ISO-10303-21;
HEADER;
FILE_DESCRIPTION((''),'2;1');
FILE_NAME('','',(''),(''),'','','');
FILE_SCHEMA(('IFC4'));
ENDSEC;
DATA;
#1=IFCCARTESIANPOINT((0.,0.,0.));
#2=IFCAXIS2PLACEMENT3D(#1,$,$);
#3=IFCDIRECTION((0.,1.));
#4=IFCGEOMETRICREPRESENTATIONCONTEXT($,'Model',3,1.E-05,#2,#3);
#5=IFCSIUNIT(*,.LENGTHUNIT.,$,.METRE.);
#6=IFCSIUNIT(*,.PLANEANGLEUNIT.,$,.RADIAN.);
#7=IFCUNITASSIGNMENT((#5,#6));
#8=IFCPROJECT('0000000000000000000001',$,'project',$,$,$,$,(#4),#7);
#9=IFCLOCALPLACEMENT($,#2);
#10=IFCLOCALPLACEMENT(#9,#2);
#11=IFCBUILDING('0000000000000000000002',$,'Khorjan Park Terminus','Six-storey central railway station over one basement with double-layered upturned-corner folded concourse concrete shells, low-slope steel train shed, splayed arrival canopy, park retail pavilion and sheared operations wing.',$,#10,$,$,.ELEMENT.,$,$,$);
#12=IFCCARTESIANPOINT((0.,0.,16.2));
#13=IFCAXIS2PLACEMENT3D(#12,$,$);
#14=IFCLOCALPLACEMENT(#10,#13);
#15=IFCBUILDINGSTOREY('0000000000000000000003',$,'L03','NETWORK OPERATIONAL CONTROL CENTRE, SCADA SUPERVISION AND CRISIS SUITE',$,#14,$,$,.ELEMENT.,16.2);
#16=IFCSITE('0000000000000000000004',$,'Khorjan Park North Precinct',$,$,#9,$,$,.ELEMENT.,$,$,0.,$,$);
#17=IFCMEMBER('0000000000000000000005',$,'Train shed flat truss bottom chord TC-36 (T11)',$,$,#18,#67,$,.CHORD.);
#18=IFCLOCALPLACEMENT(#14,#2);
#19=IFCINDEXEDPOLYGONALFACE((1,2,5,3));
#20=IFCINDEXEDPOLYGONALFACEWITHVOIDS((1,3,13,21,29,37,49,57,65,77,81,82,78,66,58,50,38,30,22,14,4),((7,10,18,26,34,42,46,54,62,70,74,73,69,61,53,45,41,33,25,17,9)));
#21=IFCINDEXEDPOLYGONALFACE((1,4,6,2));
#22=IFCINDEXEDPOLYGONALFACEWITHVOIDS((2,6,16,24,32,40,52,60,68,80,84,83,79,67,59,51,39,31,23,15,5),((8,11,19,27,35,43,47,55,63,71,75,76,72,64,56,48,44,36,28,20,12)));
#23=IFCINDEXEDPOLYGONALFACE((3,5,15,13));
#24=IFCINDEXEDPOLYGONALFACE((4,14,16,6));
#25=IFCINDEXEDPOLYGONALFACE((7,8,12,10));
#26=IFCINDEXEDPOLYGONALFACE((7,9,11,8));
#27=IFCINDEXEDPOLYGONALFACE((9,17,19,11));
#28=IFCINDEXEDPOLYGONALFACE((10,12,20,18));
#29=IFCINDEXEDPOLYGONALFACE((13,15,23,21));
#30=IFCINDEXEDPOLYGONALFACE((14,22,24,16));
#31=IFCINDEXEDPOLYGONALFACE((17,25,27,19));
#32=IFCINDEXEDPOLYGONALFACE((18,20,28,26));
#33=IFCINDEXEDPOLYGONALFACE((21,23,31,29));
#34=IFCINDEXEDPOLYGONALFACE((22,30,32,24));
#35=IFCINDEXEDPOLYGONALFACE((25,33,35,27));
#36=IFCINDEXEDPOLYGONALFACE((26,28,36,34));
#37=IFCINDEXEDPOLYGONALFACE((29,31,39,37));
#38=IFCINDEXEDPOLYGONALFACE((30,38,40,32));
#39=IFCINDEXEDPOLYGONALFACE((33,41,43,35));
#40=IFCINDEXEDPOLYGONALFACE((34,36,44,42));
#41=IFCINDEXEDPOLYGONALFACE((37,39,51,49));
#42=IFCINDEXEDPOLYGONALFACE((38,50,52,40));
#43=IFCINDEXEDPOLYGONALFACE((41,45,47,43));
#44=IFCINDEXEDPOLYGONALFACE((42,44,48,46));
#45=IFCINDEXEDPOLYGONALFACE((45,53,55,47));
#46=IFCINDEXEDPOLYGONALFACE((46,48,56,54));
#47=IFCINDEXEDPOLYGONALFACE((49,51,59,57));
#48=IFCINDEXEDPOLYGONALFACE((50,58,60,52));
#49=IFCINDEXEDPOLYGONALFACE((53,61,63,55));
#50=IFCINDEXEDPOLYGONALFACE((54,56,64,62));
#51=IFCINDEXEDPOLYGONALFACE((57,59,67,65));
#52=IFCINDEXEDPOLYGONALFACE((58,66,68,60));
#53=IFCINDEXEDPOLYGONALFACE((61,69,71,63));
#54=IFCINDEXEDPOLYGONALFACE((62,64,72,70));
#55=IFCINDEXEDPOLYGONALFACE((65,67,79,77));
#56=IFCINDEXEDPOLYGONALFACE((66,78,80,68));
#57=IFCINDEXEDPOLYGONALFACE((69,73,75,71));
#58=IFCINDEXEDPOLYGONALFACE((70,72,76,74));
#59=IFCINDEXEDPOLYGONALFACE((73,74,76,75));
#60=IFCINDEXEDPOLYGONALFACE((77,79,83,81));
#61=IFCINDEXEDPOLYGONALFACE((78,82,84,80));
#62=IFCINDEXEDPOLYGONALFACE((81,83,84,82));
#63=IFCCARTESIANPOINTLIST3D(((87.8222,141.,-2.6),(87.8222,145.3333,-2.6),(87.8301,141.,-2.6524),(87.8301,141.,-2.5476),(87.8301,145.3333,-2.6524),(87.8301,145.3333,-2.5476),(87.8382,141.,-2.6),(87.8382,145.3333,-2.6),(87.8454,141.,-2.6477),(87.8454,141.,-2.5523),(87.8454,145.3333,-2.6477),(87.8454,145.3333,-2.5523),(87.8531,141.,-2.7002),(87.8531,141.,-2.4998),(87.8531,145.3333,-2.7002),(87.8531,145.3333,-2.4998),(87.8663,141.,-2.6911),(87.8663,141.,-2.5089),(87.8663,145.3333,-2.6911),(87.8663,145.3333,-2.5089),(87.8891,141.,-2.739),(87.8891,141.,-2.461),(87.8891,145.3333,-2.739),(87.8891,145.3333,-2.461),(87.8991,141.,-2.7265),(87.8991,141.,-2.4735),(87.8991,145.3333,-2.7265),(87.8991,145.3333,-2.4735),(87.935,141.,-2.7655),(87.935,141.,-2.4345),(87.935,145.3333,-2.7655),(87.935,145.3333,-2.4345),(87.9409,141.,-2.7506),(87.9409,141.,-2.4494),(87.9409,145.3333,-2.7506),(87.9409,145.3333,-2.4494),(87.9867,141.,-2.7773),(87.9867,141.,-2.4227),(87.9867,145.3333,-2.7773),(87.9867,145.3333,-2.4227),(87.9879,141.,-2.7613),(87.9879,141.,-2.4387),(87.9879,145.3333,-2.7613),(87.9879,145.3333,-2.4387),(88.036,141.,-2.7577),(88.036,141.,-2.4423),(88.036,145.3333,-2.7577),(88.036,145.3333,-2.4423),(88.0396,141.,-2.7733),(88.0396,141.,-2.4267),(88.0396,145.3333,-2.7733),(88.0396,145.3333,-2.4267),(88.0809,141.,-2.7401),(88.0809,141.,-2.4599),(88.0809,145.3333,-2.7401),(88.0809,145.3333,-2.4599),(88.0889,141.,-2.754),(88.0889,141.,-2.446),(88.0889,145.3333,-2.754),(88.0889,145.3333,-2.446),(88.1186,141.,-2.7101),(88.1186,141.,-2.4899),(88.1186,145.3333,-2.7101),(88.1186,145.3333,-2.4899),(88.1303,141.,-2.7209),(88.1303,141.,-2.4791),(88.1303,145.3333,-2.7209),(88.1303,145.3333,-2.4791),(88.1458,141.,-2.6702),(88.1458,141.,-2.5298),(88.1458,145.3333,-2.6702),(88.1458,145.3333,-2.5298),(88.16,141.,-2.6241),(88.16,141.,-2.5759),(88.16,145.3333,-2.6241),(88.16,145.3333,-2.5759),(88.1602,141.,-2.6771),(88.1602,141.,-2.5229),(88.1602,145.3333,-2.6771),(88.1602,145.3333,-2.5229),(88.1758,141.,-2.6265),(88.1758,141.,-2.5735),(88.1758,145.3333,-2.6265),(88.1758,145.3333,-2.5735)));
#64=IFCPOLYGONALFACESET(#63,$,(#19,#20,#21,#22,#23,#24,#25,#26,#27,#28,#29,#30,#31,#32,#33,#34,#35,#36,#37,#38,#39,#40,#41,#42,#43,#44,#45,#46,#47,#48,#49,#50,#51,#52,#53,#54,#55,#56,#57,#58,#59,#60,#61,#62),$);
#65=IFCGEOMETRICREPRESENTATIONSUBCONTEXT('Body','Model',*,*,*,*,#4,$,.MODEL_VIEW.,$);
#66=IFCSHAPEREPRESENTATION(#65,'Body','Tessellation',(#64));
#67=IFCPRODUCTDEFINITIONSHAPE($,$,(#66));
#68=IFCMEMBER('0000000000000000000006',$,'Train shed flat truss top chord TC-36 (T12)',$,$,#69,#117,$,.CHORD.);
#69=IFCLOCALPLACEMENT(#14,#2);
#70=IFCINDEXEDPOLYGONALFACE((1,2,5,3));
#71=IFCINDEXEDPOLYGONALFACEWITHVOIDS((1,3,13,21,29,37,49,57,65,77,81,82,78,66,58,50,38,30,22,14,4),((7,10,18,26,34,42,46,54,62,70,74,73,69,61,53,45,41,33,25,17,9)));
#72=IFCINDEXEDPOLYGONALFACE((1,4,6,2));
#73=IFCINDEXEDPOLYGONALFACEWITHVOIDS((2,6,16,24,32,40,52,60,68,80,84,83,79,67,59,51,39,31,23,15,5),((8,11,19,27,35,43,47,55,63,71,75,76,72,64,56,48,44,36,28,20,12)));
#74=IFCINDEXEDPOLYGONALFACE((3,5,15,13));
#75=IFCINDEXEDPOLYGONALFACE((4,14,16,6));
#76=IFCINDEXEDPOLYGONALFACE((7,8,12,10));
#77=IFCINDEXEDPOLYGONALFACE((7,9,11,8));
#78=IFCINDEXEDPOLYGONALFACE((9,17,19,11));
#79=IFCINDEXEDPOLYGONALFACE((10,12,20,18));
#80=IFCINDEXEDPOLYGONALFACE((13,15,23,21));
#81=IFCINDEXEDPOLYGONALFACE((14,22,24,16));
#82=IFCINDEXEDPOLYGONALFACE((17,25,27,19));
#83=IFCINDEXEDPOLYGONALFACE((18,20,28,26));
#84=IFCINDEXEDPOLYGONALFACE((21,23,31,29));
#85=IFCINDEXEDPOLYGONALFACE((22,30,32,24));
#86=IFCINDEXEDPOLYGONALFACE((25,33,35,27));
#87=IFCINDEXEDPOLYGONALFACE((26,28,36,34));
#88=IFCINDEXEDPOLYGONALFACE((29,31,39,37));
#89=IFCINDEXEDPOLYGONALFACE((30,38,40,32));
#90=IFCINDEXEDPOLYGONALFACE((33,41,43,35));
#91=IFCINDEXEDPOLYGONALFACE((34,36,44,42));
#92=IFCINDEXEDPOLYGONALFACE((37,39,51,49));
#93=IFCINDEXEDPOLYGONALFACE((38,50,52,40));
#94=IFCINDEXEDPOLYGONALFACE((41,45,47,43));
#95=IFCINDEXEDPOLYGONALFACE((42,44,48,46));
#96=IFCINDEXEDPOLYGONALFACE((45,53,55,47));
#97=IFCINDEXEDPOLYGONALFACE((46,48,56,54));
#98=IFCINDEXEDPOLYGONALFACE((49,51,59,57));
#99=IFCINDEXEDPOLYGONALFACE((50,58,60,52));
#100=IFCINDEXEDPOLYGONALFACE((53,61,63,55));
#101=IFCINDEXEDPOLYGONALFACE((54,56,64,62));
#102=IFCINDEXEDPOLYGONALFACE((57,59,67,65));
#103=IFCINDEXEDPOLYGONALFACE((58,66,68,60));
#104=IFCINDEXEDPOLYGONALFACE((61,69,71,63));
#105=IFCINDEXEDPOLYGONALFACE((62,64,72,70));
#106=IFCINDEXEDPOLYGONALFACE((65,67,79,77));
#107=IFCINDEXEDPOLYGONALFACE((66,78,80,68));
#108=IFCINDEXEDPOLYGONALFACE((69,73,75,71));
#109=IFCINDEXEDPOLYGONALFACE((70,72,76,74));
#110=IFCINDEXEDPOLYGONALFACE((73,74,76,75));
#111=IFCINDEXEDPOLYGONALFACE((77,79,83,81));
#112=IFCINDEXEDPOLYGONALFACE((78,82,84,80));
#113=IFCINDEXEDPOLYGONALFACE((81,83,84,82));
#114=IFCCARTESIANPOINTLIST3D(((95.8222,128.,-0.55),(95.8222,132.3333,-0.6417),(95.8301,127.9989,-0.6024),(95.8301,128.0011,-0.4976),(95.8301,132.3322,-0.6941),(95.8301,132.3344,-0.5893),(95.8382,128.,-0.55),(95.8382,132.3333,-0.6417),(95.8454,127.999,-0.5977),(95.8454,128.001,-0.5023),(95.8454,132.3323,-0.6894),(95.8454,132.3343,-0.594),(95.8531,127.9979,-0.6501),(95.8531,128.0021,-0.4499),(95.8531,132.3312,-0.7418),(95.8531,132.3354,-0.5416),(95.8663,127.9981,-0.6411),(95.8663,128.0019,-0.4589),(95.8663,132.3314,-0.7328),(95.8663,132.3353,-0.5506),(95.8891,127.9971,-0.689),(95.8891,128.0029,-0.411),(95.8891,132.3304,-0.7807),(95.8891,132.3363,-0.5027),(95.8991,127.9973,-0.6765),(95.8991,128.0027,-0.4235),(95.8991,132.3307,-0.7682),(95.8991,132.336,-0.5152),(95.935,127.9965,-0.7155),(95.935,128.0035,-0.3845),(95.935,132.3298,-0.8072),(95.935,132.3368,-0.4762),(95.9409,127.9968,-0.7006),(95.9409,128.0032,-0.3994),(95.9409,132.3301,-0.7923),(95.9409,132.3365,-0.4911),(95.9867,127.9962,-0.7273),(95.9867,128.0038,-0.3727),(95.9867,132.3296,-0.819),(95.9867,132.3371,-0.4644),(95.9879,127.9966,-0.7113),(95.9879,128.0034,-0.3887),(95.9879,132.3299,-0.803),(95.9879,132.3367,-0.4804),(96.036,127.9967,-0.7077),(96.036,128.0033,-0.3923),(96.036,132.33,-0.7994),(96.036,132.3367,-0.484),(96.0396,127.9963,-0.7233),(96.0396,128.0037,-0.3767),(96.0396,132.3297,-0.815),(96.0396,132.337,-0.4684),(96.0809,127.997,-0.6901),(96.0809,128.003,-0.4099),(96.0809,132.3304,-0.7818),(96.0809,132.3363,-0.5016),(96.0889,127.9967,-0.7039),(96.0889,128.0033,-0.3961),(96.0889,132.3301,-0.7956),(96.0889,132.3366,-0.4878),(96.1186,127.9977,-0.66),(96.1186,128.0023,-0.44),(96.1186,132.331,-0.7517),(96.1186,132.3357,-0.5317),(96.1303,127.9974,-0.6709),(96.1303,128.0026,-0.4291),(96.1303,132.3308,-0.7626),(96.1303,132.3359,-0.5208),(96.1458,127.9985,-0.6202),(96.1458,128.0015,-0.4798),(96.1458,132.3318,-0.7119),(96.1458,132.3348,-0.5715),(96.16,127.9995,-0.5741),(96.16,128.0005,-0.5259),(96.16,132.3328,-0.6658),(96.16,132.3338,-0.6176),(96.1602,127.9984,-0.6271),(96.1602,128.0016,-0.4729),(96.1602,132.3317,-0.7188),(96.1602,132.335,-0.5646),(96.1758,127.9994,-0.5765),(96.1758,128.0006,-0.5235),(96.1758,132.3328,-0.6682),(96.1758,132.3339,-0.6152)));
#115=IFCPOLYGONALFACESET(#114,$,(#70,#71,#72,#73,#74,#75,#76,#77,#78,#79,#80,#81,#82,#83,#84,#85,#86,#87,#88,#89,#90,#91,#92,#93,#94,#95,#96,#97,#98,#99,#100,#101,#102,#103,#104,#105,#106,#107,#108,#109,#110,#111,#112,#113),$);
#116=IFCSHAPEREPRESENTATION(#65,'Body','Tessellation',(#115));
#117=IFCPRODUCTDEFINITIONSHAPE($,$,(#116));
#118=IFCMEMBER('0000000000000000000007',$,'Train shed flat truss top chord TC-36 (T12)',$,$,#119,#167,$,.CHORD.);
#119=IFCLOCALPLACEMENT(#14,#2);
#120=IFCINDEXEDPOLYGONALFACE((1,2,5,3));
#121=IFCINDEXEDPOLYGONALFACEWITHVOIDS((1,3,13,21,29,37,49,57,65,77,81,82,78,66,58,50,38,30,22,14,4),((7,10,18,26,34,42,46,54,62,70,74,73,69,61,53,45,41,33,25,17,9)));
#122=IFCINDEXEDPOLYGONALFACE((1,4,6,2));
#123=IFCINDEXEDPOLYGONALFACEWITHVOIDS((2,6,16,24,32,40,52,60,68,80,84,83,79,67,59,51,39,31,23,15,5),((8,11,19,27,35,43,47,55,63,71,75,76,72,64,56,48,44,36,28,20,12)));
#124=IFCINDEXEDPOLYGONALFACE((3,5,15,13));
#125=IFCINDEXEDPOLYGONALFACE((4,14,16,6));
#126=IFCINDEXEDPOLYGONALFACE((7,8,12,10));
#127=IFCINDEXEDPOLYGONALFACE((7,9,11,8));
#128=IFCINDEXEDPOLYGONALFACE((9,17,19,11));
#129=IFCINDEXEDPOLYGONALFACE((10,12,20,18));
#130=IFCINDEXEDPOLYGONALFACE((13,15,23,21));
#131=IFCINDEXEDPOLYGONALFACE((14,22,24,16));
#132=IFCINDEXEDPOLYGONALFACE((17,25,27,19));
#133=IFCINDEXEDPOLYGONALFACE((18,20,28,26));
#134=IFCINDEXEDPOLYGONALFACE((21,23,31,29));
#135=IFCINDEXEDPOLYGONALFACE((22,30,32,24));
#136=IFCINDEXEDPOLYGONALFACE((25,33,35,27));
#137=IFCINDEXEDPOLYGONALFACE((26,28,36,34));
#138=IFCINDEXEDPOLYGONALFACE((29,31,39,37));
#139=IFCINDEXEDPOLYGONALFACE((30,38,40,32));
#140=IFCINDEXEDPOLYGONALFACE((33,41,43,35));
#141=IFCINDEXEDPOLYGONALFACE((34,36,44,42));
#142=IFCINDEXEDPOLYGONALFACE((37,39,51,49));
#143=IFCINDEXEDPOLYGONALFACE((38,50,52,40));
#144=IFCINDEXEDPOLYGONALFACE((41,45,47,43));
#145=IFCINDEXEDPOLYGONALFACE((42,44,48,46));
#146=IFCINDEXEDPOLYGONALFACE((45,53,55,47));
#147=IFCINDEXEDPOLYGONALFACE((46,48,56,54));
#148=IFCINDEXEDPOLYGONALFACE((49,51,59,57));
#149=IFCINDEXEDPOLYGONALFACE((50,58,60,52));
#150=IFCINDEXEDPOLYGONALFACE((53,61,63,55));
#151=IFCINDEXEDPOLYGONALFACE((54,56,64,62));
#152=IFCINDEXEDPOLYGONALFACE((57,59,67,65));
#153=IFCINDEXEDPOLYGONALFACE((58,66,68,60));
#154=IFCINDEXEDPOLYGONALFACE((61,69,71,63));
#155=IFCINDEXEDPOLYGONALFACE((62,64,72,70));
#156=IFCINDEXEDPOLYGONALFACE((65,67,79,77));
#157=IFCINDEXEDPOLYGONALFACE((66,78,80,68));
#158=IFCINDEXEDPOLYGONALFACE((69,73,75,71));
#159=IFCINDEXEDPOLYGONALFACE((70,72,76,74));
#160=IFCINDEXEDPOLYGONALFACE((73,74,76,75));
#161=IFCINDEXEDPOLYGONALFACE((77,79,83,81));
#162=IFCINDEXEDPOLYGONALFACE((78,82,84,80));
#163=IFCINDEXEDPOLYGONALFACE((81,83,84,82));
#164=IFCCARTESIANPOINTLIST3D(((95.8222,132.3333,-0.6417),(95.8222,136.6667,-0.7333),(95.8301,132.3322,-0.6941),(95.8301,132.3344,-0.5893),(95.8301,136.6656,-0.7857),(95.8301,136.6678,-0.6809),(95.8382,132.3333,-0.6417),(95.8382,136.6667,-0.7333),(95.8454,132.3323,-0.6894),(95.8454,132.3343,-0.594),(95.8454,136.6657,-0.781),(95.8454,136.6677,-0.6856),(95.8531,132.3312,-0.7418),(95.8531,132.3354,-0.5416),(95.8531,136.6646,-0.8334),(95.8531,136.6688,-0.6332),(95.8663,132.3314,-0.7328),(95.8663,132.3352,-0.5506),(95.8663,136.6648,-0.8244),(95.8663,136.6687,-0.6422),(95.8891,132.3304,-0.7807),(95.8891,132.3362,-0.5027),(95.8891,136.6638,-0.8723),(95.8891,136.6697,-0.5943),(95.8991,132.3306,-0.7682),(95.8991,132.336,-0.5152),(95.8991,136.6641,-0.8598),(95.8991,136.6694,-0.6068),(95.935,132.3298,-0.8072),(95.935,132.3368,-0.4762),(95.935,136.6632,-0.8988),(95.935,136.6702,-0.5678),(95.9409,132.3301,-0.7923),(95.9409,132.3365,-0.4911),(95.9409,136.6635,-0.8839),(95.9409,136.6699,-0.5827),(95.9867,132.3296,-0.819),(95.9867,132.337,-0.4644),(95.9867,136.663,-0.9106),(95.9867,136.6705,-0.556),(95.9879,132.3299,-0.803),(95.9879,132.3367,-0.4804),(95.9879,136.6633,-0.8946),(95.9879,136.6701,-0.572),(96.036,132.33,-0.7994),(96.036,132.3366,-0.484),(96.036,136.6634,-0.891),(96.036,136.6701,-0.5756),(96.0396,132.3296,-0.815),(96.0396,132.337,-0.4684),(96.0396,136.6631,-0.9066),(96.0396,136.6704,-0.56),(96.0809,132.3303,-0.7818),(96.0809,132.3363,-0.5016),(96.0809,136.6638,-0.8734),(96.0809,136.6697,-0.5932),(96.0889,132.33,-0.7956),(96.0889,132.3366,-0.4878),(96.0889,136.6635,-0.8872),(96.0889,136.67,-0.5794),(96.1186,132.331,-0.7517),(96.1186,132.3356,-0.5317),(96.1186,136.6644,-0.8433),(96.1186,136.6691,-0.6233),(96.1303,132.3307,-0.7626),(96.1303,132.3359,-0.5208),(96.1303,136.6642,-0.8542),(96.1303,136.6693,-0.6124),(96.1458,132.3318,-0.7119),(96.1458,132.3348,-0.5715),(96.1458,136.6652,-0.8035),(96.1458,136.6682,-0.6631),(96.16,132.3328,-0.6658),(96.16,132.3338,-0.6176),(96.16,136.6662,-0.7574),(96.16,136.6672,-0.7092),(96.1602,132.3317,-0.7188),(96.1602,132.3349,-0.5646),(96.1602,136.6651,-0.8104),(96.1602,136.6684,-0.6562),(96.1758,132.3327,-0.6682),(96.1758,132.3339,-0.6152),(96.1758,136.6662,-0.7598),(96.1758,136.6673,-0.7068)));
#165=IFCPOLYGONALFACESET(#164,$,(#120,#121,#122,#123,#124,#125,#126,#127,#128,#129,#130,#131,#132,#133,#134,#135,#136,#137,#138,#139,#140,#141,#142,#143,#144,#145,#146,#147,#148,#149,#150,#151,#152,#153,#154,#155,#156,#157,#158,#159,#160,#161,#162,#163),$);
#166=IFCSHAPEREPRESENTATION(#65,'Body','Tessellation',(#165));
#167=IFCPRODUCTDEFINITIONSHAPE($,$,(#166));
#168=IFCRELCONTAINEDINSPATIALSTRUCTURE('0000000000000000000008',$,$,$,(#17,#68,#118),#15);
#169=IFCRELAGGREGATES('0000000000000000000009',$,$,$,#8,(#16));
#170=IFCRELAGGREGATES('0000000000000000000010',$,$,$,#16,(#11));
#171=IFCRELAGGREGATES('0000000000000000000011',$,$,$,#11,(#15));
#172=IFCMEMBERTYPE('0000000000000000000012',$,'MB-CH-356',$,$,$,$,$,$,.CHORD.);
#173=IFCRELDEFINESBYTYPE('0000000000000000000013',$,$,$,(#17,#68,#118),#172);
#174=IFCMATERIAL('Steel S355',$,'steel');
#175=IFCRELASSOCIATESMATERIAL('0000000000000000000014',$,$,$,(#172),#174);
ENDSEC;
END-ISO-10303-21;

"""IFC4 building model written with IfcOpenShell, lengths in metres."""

from ifc_helpers import new_model, si_unit, direction, frame, origin, origin_2d, place, context, subcontext, project, spatial, hollow_circle, extrude, material, material_profile, profile_set, type_object, element, save


model = new_model("IFC4")

# Units and contexts
model_context = context("Model", 3, precision=1e-05, world=origin(), true_north=direction((0.0, 1.0)))
body_context = subcontext(model_context, "Body", "Model", "MODEL_VIEW")
ifc_project = project(units=[si_unit("LENGTHUNIT", "METRE"), si_unit("PLANEANGLEUNIT", "RADIAN")], contexts=[model_context])

# Site, building, storey
site_placement = place(None, origin())
site = spatial("IfcSite", under=ifc_project, at=site_placement, Name="Khorjan Park North Precinct", CompositionType="ELEMENT", RefElevation=0.0)
building_placement = place(site_placement, origin())
building = spatial("IfcBuilding", under=site, at=building_placement, Name="Khorjan Park Terminus", Description="Six-storey central railway station over one basement with double-layered upturned-corner folded concourse concrete shells, low-slope steel train shed, splayed arrival canopy, park retail pavilion and sheared operations wing.", CompositionType="ELEMENT")
storey_placement = place(building_placement, frame((0.0, 0.0, 16.2)))
storey = spatial("IfcBuildingStorey", under=building, at=storey_placement, Name="L03", Description="NETWORK OPERATIONAL CONTROL CENTRE, SCADA SUPERVISION AND CRISIS SUITE", CompositionType="ELEMENT", Elevation=16.2)

# Members
ifc_material_1 = material(Name="Steel S355", Category="steel")
ifc_material_profile_1 = material_profile(ifc_material_1, hollow_circle(Radius=0.1778, WallThickness=0.016, at=origin_2d()), Name="CHS 355.6x16")
ifc_profile_set_1 = profile_set([ifc_material_profile_1], Name="Steel S355")
member_type_1 = type_object("IfcMemberType", Name="MB-CH-356", PredefinedType="CHORD", material=ifc_profile_set_1)
for number, where, z_axis, x_axis, name in (
    (1, (88.0, 141.0, -2.6), (0.0, 1.0, 0.0), (-1.0, 0.0, 0.0), "Train shed flat truss bottom chord TC-36 (T11)"),
):
    element("IfcMember", number, at=place(storey_placement, frame(where, z_axis=z_axis, x_axis=x_axis)), inside=storey, type_object=member_type_1, Name=name, PredefinedType="CHORD", context=body_context, shape_type="SweptSolid", body=[
        extrude(hollow_circle(Radius=0.1778, WallThickness=0.016, at=origin_2d()), origin(), (0.0, 0.0, 1.0), 4.3333),
    ])
member_1_placement = place(storey_placement, frame((96.0, 128.0, -0.55), z_axis=(0.0, 0.999776, -0.021157), x_axis=(-1.0, 0.0, 0.0)))
element("IfcMember", 2, at=member_1_placement, inside=storey, type_object=member_type_1, Name="Train shed flat truss top chord TC-36 (T12)", PredefinedType="CHORD", context=body_context, shape_type="SweptSolid", body=[
    extrude(hollow_circle(Radius=0.1778, WallThickness=0.016, at=origin_2d()), origin(), (0.0, 0.0, 1.0), 4.3343),
])
member_2_placement = place(storey_placement, frame((96.0, 132.3333, -0.6417), z_axis=(0.0, 0.999777, -0.021133), x_axis=(-1.0, 0.0, 0.0)))
element("IfcMember", 3, at=member_2_placement, inside=storey, type_object=member_type_1, Name="Train shed flat truss top chord TC-36 (T12)", PredefinedType="CHORD", context=body_context, shape_type="SweptSolid", body=[
    extrude(hollow_circle(Radius=0.1778, WallThickness=0.016, at=origin_2d()), origin(), (0.0, 0.0, 1.0), 4.3344),
])

save(model, "model.ifc")
